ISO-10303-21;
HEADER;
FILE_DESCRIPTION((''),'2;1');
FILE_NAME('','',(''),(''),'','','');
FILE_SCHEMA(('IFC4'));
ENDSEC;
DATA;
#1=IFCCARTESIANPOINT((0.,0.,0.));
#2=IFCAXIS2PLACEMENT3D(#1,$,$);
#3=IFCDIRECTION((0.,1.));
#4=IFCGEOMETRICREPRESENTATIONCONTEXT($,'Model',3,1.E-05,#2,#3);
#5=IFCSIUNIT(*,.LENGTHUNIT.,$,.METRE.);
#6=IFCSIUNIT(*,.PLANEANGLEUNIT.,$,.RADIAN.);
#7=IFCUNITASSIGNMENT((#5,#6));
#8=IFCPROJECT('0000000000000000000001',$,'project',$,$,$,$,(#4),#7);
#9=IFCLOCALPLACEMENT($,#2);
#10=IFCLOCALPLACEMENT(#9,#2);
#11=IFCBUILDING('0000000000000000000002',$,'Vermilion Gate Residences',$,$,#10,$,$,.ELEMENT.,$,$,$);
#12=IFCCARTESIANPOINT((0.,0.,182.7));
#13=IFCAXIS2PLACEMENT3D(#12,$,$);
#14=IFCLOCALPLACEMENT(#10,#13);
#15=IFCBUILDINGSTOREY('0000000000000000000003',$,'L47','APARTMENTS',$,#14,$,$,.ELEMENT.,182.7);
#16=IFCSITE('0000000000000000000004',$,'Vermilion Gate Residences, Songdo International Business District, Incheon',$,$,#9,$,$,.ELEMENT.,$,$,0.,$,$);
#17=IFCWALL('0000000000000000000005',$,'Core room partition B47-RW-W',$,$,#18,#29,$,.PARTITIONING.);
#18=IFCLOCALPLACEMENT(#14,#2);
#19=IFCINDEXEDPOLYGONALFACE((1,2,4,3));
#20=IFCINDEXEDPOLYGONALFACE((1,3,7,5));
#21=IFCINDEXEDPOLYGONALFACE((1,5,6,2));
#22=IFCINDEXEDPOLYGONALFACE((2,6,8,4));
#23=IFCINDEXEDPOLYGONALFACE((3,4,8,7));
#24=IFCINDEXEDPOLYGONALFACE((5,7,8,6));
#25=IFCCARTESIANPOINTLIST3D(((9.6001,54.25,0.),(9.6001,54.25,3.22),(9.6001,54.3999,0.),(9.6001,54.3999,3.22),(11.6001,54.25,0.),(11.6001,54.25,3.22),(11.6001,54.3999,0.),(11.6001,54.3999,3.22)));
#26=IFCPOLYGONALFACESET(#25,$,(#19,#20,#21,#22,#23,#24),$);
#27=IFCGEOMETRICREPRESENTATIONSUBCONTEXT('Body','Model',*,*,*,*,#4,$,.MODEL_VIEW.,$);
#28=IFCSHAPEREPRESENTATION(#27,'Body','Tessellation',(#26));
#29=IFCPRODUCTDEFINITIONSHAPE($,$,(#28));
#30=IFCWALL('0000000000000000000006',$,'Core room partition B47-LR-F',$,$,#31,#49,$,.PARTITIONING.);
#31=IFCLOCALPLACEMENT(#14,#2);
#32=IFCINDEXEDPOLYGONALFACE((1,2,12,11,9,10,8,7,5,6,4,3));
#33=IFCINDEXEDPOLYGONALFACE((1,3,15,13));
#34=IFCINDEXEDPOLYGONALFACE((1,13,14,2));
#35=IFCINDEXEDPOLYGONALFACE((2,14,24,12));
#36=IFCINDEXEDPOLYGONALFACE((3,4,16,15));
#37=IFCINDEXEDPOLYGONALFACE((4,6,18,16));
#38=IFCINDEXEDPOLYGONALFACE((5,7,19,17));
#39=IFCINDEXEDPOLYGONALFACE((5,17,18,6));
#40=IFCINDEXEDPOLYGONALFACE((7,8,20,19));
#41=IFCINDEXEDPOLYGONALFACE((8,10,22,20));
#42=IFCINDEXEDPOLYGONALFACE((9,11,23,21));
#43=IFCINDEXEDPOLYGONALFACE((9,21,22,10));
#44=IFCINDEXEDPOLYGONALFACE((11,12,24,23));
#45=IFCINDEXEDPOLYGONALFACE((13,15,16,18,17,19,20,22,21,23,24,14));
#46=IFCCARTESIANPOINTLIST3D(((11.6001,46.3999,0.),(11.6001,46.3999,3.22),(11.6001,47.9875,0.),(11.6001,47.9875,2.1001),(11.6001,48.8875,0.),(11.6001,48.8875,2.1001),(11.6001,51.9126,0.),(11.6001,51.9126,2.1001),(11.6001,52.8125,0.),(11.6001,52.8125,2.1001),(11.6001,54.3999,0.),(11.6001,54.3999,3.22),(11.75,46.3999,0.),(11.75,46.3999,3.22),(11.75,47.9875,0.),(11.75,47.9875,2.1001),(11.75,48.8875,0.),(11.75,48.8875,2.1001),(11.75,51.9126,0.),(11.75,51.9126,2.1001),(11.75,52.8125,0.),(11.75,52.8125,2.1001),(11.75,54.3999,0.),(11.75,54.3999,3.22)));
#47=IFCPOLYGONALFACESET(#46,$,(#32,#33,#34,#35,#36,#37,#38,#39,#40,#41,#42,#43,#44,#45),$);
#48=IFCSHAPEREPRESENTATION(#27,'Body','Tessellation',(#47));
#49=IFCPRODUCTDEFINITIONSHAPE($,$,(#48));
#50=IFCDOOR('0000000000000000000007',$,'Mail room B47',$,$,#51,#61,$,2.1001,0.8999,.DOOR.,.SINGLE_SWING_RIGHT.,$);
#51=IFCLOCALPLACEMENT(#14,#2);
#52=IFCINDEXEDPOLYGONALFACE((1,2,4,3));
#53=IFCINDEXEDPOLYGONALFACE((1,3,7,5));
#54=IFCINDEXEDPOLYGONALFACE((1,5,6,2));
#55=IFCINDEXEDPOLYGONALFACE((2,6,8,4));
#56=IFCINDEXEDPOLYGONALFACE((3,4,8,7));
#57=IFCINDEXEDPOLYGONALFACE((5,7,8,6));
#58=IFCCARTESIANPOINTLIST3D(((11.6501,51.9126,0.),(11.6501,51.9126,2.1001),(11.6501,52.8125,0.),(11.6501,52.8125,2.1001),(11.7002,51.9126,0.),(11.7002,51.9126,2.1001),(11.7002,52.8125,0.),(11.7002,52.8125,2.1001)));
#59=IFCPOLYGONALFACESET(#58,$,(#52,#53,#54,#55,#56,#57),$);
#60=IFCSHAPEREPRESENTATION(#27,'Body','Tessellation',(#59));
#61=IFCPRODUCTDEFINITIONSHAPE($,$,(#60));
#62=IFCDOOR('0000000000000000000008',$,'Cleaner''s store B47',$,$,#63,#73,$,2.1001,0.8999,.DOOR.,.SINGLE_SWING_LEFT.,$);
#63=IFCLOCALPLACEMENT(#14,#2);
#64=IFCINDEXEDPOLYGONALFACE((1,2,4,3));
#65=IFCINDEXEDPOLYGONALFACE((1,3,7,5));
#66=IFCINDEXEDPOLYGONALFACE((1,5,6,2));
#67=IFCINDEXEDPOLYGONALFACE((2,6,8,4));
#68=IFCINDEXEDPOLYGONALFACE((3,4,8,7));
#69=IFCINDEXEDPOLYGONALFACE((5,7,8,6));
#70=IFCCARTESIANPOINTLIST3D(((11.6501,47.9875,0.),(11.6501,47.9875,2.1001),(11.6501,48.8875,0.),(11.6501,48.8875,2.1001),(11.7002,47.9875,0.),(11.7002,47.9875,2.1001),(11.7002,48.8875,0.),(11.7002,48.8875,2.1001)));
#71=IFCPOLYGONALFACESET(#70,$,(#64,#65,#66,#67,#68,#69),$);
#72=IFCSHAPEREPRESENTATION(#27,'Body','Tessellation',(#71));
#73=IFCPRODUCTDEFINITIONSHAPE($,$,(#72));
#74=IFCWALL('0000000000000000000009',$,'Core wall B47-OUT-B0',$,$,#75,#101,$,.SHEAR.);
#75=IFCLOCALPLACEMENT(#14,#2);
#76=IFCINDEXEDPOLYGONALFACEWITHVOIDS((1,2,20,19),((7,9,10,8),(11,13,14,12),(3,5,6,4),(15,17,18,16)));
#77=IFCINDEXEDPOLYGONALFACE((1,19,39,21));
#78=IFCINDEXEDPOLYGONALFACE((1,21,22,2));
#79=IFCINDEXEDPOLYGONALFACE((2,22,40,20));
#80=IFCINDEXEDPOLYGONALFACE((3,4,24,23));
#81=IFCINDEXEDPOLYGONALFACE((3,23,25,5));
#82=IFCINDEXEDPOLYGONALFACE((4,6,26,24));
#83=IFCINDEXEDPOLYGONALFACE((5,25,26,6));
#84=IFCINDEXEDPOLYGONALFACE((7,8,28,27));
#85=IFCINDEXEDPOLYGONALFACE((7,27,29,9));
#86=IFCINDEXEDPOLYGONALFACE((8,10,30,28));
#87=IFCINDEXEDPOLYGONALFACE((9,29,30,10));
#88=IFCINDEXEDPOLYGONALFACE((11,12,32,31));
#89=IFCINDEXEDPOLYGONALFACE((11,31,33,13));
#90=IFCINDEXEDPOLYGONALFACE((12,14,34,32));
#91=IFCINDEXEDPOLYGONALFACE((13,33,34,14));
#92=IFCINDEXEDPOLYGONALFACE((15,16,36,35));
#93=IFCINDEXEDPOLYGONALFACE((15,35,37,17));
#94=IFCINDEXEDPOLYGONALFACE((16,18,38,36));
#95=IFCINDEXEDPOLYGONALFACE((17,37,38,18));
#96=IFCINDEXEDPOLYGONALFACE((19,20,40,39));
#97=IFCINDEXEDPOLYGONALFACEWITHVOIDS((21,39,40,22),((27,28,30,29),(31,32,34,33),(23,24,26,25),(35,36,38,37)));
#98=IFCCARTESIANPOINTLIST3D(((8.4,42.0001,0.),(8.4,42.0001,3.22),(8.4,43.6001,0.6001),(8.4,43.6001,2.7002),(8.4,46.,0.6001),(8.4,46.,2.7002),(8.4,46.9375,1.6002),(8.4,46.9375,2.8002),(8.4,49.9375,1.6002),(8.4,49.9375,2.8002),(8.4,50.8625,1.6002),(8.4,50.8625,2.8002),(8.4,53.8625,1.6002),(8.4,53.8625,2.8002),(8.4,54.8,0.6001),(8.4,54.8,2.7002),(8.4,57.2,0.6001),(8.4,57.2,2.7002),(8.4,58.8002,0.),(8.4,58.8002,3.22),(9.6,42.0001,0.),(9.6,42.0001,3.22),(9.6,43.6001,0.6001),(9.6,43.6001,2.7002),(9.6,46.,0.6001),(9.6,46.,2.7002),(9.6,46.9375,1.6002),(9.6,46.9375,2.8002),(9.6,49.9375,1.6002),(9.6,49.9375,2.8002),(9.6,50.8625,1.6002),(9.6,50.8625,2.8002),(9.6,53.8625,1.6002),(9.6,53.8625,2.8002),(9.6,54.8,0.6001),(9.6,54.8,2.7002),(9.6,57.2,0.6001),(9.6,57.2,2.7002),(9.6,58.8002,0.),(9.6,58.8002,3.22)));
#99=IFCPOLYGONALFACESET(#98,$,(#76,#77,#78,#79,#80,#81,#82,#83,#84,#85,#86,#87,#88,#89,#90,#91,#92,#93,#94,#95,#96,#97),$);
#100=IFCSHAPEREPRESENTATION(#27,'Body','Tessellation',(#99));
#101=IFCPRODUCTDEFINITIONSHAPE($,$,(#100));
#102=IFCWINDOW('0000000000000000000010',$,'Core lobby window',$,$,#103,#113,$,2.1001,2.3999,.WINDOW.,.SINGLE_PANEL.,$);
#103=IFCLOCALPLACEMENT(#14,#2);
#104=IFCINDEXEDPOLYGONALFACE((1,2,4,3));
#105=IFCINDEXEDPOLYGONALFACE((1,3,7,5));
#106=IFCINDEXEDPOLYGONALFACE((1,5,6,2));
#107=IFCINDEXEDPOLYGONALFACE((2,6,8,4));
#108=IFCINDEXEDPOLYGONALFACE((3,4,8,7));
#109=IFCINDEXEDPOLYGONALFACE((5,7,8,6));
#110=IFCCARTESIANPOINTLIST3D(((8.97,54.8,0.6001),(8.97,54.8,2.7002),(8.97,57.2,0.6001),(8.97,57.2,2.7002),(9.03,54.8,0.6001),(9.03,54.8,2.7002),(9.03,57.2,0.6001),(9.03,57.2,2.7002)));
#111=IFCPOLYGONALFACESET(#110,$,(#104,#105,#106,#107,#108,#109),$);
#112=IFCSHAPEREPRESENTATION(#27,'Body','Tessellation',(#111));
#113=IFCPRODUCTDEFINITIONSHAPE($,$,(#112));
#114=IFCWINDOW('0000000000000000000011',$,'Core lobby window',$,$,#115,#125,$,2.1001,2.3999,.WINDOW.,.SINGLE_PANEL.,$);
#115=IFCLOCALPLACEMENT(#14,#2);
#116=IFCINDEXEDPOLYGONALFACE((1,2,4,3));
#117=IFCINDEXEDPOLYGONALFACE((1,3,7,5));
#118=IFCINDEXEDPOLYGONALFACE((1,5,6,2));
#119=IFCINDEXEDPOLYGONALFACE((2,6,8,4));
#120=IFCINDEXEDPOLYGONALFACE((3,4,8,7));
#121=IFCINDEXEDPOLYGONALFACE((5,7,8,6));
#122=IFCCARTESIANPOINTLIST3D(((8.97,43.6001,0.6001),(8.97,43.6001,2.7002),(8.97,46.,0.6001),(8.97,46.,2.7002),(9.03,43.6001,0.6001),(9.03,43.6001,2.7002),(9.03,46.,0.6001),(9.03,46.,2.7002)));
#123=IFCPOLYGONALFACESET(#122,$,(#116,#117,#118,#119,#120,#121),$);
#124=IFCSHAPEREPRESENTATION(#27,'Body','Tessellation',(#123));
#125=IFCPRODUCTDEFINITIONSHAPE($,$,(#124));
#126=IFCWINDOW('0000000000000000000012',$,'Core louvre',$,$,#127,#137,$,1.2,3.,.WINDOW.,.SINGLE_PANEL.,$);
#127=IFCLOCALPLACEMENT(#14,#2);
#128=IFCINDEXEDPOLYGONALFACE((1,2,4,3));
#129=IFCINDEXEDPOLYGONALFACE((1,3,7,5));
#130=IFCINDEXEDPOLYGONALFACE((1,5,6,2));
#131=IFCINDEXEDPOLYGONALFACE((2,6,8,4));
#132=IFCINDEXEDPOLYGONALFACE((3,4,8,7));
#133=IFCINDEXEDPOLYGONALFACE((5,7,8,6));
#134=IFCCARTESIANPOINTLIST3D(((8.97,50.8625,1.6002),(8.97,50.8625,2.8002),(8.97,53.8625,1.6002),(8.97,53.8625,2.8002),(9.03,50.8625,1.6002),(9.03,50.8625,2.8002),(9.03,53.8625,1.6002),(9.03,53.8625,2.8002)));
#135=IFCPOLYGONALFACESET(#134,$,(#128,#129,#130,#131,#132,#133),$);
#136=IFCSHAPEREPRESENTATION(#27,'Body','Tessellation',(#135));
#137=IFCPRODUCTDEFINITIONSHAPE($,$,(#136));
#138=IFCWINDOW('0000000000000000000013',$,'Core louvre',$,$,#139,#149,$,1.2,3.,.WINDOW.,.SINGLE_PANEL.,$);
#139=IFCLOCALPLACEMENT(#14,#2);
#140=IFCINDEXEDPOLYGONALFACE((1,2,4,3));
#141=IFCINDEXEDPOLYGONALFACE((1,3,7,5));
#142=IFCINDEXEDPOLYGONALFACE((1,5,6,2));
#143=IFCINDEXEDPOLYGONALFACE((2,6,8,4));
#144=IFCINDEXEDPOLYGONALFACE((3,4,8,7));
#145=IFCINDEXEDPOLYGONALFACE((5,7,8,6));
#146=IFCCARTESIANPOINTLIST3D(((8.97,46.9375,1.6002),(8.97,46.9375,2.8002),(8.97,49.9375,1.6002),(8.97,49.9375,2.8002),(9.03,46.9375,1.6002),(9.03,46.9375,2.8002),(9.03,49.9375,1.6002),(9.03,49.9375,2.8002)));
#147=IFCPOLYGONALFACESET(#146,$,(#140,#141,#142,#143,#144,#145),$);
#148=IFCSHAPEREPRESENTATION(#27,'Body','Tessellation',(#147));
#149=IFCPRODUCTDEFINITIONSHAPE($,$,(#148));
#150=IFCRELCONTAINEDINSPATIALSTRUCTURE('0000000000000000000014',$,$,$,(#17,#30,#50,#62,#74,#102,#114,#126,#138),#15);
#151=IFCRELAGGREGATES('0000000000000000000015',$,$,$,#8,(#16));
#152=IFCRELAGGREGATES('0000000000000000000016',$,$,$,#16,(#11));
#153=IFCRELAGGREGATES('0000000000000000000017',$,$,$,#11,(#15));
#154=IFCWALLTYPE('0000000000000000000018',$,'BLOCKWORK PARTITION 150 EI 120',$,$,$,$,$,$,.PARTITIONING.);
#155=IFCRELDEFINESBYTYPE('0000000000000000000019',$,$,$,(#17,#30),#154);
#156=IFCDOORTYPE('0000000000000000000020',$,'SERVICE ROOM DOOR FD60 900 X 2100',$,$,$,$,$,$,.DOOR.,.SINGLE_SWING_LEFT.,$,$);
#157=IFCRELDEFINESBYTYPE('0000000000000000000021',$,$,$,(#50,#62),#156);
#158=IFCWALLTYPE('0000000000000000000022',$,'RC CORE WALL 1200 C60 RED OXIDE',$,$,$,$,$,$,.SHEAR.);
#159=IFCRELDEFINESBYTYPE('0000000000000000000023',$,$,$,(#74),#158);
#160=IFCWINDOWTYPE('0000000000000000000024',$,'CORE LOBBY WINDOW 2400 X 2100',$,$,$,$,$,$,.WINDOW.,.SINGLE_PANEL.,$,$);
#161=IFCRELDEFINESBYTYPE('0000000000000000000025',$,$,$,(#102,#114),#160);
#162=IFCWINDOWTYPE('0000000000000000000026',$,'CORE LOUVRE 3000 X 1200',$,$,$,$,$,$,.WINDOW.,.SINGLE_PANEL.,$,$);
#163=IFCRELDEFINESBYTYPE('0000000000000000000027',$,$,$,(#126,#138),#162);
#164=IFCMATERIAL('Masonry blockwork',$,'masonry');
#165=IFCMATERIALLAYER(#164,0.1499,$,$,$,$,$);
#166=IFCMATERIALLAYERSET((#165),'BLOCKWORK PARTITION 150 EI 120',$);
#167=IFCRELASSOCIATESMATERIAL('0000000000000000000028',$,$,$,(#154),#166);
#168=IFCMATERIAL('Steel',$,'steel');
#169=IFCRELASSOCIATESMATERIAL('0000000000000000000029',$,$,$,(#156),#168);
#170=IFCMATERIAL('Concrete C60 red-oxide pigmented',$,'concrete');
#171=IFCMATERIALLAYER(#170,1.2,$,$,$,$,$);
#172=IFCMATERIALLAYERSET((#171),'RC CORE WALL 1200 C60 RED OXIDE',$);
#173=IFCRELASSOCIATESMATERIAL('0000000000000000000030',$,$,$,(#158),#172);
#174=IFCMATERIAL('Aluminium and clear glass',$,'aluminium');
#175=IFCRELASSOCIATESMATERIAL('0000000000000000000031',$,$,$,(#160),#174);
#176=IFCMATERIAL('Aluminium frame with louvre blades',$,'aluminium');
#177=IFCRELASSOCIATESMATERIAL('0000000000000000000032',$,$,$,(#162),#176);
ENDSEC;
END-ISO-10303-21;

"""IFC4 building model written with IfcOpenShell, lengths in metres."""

from ifc_helpers import new_model, si_unit, direction, frame, frame_2d, origin, place, context, subcontext, project, spatial, rectangle, extrude, material, layer, layer_set, type_object, element, fill, save


model = new_model("IFC4")

# Units and contexts
model_context = context("Model", 3, precision=1e-05, world=origin(), true_north=direction((0.0, 1.0)))
body_context = subcontext(model_context, "Body", "Model", "MODEL_VIEW")
ifc_project = project(units=[si_unit("LENGTHUNIT", "METRE"), si_unit("PLANEANGLEUNIT", "RADIAN")], contexts=[model_context])

# Site, building, storey
site_placement = place(None, origin())
site = spatial("IfcSite", under=ifc_project, at=site_placement, Name="Vermilion Gate Residences, Songdo International Business District, Incheon", CompositionType="ELEMENT", RefElevation=0.0)
building_placement = place(site_placement, origin())
building = spatial("IfcBuilding", under=site, at=building_placement, Name="Vermilion Gate Residences", CompositionType="ELEMENT")
storey_placement = place(building_placement, frame((0.0, 0.0, 182.7)))
storey = spatial("IfcBuildingStorey", under=building, at=storey_placement, Name="L47", Description="APARTMENTS", CompositionType="ELEMENT", Elevation=182.7)

# Wall
ifc_material_1 = material(Name="Masonry blockwork", Category="masonry")
ifc_layer_1 = layer(ifc_material_1, 0.1499)
ifc_layer_set_1 = layer_set([ifc_layer_1], Name="BLOCKWORK PARTITION 150 EI 120")
wall_type_1 = type_object("IfcWallType", Name="BLOCKWORK PARTITION 150 EI 120", PredefinedType="PARTITIONING", material=ifc_layer_set_1)
wall_1_placement = place(storey_placement, frame((9.6001, 54.325, 0.0), z_axis=(0.0, 0.0, 1.0), x_axis=(1.0, 0.0, 0.0)))
element("IfcWall", 1, at=wall_1_placement, inside=storey, type_object=wall_type_1, Name="Core room partition B47-RW-W", PredefinedType="PARTITIONING", context=body_context, shape_type="SweptSolid", body=[
    extrude(rectangle(XDim=2.0, YDim=0.1499, at=frame_2d((1.0, 0.0))), origin(), (0.0, 0.0, 1.0), 3.22),
])

# Wall, openings, doors
wall_2_placement = place(storey_placement, frame((11.675, 54.3999, 0.0), z_axis=(0.0, 0.0, 1.0), x_axis=(0.0, -1.0, 0.0)))
wall_2 = element("IfcWall", 2, at=wall_2_placement, inside=storey, type_object=wall_type_1, Name="Core room partition B47-LR-F", PredefinedType="PARTITIONING", context=body_context, shape_type="SweptSolid", body=[
    extrude(rectangle(XDim=8.0, YDim=0.1499, at=frame_2d((4.0, 0.0))), origin(), (0.0, 0.0, 1.0), 3.22),
])
opening_1_placement = place(wall_2_placement, frame((1.5874, 0.0, 0.0)))
opening_1 = element("IfcOpeningElement", 3, at=opening_1_placement, cuts=wall_2, PredefinedType="OPENING", context=body_context, shape_type="SweptSolid", body=[
    extrude(rectangle(XDim=0.8999, YDim=2.1001, at=frame_2d((0.45, 1.05))), frame((0.0, 0.085, 0.0), z_axis=(0.0, -1.0, 0.0), x_axis=(1.0, 0.0, 0.0)), (0.0, 0.0, 1.0), 0.1699),
])
opening_2_placement = place(wall_2_placement, frame((5.5125, 0.0, 0.0)))
opening_2 = element("IfcOpeningElement", 4, at=opening_2_placement, cuts=wall_2, PredefinedType="OPENING", context=body_context, shape_type="SweptSolid", body=[
    extrude(rectangle(XDim=0.8999, YDim=2.1001, at=frame_2d((0.45, 1.05))), frame((0.0, 0.085, 0.0), z_axis=(0.0, -1.0, 0.0), x_axis=(1.0, 0.0, 0.0)), (0.0, 0.0, 1.0), 0.1699),
])
ifc_material_2 = material(Name="Steel", Category="steel")
door_type = type_object("IfcDoorType", Name="SERVICE ROOM DOOR FD60 900 X 2100", OperationType="SINGLE_SWING_LEFT", PredefinedType="DOOR", material=ifc_material_2)
door_1_placement = place(opening_1_placement, frame((0.8999, 0.0, 0.0), z_axis=(0.0, 0.0, 1.0), x_axis=(-1.0, 0.0, 0.0)))
door_1 = element("IfcDoor", 5, at=door_1_placement, inside=storey, type_object=door_type, Name="Mail room B47", OperationType="SINGLE_SWING_RIGHT", OverallHeight=2.1001, OverallWidth=0.8999, PredefinedType="DOOR", context=body_context, shape_type="SweptSolid", body=[
    extrude(rectangle(XDim=0.8999, YDim=2.1001, at=frame_2d((0.45, 1.05))), frame((0.0, 0.0249, 0.0), z_axis=(0.0, -1.0, 0.0), x_axis=(1.0, 0.0, 0.0)), (0.0, 0.0, 1.0), 0.05),
])
fill(opening_1, door_1)
door_2_placement = place(opening_2_placement, frame((0.8999, 0.0, 0.0), z_axis=(0.0, 0.0, 1.0), x_axis=(-1.0, 0.0, 0.0)))
door_2 = element("IfcDoor", 6, at=door_2_placement, inside=storey, type_object=door_type, Name="Cleaner's store B47", OperationType="SINGLE_SWING_LEFT", OverallHeight=2.1001, OverallWidth=0.8999, PredefinedType="DOOR", context=body_context, shape_type="SweptSolid", body=[
    extrude(rectangle(XDim=0.8999, YDim=2.1001, at=frame_2d((0.45, 1.05))), frame((0.0, 0.0249, 0.0), z_axis=(0.0, -1.0, 0.0), x_axis=(1.0, 0.0, 0.0)), (0.0, 0.0, 1.0), 0.05),
])
fill(opening_2, door_2)

# Wall, openings, windows
ifc_material_3 = material(Name="Concrete C60 red-oxide pigmented", Category="concrete")
ifc_layer_2 = layer(ifc_material_3, 1.2)
ifc_layer_set_2 = layer_set([ifc_layer_2], Name="RC CORE WALL 1200 C60 RED OXIDE")
wall_type_2 = type_object("IfcWallType", Name="RC CORE WALL 1200 C60 RED OXIDE", PredefinedType="SHEAR", material=ifc_layer_set_2)
wall_3_placement = place(storey_placement, frame((9.0, 58.8, 0.0), z_axis=(0.0, 0.0, 1.0), x_axis=(0.0, -1.0, 0.0)))
wall_3 = element("IfcWall", 7, at=wall_3_placement, inside=storey, type_object=wall_type_2, Name="Core wall B47-OUT-B0", PredefinedType="SHEAR", context=body_context, shape_type="SweptSolid", body=[
    extrude(rectangle(XDim=16.8, YDim=1.2, at=frame_2d((8.3999, 0.0))), origin(), (0.0, 0.0, 1.0), 3.22),
])
opening_3_placement = place(wall_3_placement, frame((1.6001, 0.0, 0.6001)))
opening_3 = element("IfcOpeningElement", 8, at=opening_3_placement, cuts=wall_3, PredefinedType="OPENING", context=body_context, shape_type="SweptSolid", body=[
    extrude(rectangle(XDim=2.3999, YDim=2.1001, at=frame_2d((1.2, 1.05))), frame((0.0, 0.6099, 0.0), z_axis=(0.0, -1.0, 0.0), x_axis=(1.0, 0.0, 0.0)), (0.0, 0.0, 1.0), 1.22),
])
opening_4_placement = place(wall_3_placement, frame((4.9375, 0.0, 1.6001)))
opening_4 = element("IfcOpeningElement", 9, at=opening_4_placement, cuts=wall_3, PredefinedType="OPENING", context=body_context, shape_type="SweptSolid", body=[
    extrude(rectangle(XDim=3.0, YDim=1.2, at=frame_2d((1.5, 0.6001))), frame((0.0, 0.6099, 0.0), z_axis=(0.0, -1.0, 0.0), x_axis=(1.0, 0.0, 0.0)), (0.0, 0.0, 1.0), 1.22),
])
opening_5_placement = place(wall_3_placement, frame((8.8625, 0.0, 1.6001)))
opening_5 = element("IfcOpeningElement", 10, at=opening_5_placement, cuts=wall_3, PredefinedType="OPENING", context=body_context, shape_type="SweptSolid", body=[
    extrude(rectangle(XDim=3.0, YDim=1.2, at=frame_2d((1.5, 0.6001))), frame((0.0, 0.6099, 0.0), z_axis=(0.0, -1.0, 0.0), x_axis=(1.0, 0.0, 0.0)), (0.0, 0.0, 1.0), 1.22),
])
opening_6_placement = place(wall_3_placement, frame((12.8, 0.0, 0.6001)))
opening_6 = element("IfcOpeningElement", 11, at=opening_6_placement, cuts=wall_3, PredefinedType="OPENING", context=body_context, shape_type="SweptSolid", body=[
    extrude(rectangle(XDim=2.3999, YDim=2.1001, at=frame_2d((1.2, 1.05))), frame((0.0, 0.6099, 0.0), z_axis=(0.0, -1.0, 0.0), x_axis=(1.0, 0.0, 0.0)), (0.0, 0.0, 1.0), 1.22),
])
ifc_material_4 = material(Name="Aluminium and clear glass", Category="aluminium")
window_type_1 = type_object("IfcWindowType", Name="CORE LOBBY WINDOW 2400 X 2100", PartitioningType="SINGLE_PANEL", PredefinedType="WINDOW", material=ifc_material_4)
window_1_placement = place(opening_3_placement, origin())
window_1 = element("IfcWindow", 12, at=window_1_placement, inside=storey, type_object=window_type_1, Name="Core lobby window", OverallHeight=2.1001, OverallWidth=2.3999, PartitioningType="SINGLE_PANEL", PredefinedType="WINDOW", context=body_context, shape_type="SweptSolid", body=[
    extrude(rectangle(XDim=2.3999, YDim=2.1001, at=frame_2d((1.2, 1.05))), frame((0.0, 0.03, 0.0), z_axis=(0.0, -1.0, 0.0), x_axis=(1.0, 0.0, 0.0)), (0.0, 0.0, 1.0), 0.0601),
])
fill(opening_3, window_1)
window_2_placement = place(opening_6_placement, origin())
window_2 = element("IfcWindow", 13, at=window_2_placement, inside=storey, type_object=window_type_1, Name="Core lobby window", OverallHeight=2.1001, OverallWidth=2.3999, PartitioningType="SINGLE_PANEL", PredefinedType="WINDOW", context=body_context, shape_type="SweptSolid", body=[
    extrude(rectangle(XDim=2.3999, YDim=2.1001, at=frame_2d((1.2, 1.05))), frame((0.0, 0.03, 0.0), z_axis=(0.0, -1.0, 0.0), x_axis=(1.0, 0.0, 0.0)), (0.0, 0.0, 1.0), 0.0601),
])
fill(opening_6, window_2)
ifc_material_5 = material(Name="Aluminium frame with louvre blades", Category="aluminium")
window_type_2 = type_object("IfcWindowType", Name="CORE LOUVRE 3000 X 1200", PartitioningType="SINGLE_PANEL", PredefinedType="WINDOW", material=ifc_material_5)
window_3_placement = place(opening_4_placement, origin())
window_3 = element("IfcWindow", 14, at=window_3_placement, inside=storey, type_object=window_type_2, Name="Core louvre", OverallHeight=1.2, OverallWidth=3.0, PartitioningType="SINGLE_PANEL", PredefinedType="WINDOW", context=body_context, shape_type="SweptSolid", body=[
    extrude(rectangle(XDim=3.0, YDim=1.2, at=frame_2d((1.5, 0.6001))), frame((0.0, 0.03, 0.0), z_axis=(0.0, -1.0, 0.0), x_axis=(1.0, 0.0, 0.0)), (0.0, 0.0, 1.0), 0.0601),
])
fill(opening_4, window_3)
window_4_placement = place(opening_5_placement, origin())
window_4 = element("IfcWindow", 15, at=window_4_placement, inside=storey, type_object=window_type_2, Name="Core louvre", OverallHeight=1.2, OverallWidth=3.0, PartitioningType="SINGLE_PANEL", PredefinedType="WINDOW", context=body_context, shape_type="SweptSolid", body=[
    extrude(rectangle(XDim=3.0, YDim=1.2, at=frame_2d((1.5, 0.6001))), frame((0.0, 0.03, 0.0), z_axis=(0.0, -1.0, 0.0), x_axis=(1.0, 0.0, 0.0)), (0.0, 0.0, 1.0), 0.0601),
])
fill(opening_5, window_4)

save(model, "model.ifc")
